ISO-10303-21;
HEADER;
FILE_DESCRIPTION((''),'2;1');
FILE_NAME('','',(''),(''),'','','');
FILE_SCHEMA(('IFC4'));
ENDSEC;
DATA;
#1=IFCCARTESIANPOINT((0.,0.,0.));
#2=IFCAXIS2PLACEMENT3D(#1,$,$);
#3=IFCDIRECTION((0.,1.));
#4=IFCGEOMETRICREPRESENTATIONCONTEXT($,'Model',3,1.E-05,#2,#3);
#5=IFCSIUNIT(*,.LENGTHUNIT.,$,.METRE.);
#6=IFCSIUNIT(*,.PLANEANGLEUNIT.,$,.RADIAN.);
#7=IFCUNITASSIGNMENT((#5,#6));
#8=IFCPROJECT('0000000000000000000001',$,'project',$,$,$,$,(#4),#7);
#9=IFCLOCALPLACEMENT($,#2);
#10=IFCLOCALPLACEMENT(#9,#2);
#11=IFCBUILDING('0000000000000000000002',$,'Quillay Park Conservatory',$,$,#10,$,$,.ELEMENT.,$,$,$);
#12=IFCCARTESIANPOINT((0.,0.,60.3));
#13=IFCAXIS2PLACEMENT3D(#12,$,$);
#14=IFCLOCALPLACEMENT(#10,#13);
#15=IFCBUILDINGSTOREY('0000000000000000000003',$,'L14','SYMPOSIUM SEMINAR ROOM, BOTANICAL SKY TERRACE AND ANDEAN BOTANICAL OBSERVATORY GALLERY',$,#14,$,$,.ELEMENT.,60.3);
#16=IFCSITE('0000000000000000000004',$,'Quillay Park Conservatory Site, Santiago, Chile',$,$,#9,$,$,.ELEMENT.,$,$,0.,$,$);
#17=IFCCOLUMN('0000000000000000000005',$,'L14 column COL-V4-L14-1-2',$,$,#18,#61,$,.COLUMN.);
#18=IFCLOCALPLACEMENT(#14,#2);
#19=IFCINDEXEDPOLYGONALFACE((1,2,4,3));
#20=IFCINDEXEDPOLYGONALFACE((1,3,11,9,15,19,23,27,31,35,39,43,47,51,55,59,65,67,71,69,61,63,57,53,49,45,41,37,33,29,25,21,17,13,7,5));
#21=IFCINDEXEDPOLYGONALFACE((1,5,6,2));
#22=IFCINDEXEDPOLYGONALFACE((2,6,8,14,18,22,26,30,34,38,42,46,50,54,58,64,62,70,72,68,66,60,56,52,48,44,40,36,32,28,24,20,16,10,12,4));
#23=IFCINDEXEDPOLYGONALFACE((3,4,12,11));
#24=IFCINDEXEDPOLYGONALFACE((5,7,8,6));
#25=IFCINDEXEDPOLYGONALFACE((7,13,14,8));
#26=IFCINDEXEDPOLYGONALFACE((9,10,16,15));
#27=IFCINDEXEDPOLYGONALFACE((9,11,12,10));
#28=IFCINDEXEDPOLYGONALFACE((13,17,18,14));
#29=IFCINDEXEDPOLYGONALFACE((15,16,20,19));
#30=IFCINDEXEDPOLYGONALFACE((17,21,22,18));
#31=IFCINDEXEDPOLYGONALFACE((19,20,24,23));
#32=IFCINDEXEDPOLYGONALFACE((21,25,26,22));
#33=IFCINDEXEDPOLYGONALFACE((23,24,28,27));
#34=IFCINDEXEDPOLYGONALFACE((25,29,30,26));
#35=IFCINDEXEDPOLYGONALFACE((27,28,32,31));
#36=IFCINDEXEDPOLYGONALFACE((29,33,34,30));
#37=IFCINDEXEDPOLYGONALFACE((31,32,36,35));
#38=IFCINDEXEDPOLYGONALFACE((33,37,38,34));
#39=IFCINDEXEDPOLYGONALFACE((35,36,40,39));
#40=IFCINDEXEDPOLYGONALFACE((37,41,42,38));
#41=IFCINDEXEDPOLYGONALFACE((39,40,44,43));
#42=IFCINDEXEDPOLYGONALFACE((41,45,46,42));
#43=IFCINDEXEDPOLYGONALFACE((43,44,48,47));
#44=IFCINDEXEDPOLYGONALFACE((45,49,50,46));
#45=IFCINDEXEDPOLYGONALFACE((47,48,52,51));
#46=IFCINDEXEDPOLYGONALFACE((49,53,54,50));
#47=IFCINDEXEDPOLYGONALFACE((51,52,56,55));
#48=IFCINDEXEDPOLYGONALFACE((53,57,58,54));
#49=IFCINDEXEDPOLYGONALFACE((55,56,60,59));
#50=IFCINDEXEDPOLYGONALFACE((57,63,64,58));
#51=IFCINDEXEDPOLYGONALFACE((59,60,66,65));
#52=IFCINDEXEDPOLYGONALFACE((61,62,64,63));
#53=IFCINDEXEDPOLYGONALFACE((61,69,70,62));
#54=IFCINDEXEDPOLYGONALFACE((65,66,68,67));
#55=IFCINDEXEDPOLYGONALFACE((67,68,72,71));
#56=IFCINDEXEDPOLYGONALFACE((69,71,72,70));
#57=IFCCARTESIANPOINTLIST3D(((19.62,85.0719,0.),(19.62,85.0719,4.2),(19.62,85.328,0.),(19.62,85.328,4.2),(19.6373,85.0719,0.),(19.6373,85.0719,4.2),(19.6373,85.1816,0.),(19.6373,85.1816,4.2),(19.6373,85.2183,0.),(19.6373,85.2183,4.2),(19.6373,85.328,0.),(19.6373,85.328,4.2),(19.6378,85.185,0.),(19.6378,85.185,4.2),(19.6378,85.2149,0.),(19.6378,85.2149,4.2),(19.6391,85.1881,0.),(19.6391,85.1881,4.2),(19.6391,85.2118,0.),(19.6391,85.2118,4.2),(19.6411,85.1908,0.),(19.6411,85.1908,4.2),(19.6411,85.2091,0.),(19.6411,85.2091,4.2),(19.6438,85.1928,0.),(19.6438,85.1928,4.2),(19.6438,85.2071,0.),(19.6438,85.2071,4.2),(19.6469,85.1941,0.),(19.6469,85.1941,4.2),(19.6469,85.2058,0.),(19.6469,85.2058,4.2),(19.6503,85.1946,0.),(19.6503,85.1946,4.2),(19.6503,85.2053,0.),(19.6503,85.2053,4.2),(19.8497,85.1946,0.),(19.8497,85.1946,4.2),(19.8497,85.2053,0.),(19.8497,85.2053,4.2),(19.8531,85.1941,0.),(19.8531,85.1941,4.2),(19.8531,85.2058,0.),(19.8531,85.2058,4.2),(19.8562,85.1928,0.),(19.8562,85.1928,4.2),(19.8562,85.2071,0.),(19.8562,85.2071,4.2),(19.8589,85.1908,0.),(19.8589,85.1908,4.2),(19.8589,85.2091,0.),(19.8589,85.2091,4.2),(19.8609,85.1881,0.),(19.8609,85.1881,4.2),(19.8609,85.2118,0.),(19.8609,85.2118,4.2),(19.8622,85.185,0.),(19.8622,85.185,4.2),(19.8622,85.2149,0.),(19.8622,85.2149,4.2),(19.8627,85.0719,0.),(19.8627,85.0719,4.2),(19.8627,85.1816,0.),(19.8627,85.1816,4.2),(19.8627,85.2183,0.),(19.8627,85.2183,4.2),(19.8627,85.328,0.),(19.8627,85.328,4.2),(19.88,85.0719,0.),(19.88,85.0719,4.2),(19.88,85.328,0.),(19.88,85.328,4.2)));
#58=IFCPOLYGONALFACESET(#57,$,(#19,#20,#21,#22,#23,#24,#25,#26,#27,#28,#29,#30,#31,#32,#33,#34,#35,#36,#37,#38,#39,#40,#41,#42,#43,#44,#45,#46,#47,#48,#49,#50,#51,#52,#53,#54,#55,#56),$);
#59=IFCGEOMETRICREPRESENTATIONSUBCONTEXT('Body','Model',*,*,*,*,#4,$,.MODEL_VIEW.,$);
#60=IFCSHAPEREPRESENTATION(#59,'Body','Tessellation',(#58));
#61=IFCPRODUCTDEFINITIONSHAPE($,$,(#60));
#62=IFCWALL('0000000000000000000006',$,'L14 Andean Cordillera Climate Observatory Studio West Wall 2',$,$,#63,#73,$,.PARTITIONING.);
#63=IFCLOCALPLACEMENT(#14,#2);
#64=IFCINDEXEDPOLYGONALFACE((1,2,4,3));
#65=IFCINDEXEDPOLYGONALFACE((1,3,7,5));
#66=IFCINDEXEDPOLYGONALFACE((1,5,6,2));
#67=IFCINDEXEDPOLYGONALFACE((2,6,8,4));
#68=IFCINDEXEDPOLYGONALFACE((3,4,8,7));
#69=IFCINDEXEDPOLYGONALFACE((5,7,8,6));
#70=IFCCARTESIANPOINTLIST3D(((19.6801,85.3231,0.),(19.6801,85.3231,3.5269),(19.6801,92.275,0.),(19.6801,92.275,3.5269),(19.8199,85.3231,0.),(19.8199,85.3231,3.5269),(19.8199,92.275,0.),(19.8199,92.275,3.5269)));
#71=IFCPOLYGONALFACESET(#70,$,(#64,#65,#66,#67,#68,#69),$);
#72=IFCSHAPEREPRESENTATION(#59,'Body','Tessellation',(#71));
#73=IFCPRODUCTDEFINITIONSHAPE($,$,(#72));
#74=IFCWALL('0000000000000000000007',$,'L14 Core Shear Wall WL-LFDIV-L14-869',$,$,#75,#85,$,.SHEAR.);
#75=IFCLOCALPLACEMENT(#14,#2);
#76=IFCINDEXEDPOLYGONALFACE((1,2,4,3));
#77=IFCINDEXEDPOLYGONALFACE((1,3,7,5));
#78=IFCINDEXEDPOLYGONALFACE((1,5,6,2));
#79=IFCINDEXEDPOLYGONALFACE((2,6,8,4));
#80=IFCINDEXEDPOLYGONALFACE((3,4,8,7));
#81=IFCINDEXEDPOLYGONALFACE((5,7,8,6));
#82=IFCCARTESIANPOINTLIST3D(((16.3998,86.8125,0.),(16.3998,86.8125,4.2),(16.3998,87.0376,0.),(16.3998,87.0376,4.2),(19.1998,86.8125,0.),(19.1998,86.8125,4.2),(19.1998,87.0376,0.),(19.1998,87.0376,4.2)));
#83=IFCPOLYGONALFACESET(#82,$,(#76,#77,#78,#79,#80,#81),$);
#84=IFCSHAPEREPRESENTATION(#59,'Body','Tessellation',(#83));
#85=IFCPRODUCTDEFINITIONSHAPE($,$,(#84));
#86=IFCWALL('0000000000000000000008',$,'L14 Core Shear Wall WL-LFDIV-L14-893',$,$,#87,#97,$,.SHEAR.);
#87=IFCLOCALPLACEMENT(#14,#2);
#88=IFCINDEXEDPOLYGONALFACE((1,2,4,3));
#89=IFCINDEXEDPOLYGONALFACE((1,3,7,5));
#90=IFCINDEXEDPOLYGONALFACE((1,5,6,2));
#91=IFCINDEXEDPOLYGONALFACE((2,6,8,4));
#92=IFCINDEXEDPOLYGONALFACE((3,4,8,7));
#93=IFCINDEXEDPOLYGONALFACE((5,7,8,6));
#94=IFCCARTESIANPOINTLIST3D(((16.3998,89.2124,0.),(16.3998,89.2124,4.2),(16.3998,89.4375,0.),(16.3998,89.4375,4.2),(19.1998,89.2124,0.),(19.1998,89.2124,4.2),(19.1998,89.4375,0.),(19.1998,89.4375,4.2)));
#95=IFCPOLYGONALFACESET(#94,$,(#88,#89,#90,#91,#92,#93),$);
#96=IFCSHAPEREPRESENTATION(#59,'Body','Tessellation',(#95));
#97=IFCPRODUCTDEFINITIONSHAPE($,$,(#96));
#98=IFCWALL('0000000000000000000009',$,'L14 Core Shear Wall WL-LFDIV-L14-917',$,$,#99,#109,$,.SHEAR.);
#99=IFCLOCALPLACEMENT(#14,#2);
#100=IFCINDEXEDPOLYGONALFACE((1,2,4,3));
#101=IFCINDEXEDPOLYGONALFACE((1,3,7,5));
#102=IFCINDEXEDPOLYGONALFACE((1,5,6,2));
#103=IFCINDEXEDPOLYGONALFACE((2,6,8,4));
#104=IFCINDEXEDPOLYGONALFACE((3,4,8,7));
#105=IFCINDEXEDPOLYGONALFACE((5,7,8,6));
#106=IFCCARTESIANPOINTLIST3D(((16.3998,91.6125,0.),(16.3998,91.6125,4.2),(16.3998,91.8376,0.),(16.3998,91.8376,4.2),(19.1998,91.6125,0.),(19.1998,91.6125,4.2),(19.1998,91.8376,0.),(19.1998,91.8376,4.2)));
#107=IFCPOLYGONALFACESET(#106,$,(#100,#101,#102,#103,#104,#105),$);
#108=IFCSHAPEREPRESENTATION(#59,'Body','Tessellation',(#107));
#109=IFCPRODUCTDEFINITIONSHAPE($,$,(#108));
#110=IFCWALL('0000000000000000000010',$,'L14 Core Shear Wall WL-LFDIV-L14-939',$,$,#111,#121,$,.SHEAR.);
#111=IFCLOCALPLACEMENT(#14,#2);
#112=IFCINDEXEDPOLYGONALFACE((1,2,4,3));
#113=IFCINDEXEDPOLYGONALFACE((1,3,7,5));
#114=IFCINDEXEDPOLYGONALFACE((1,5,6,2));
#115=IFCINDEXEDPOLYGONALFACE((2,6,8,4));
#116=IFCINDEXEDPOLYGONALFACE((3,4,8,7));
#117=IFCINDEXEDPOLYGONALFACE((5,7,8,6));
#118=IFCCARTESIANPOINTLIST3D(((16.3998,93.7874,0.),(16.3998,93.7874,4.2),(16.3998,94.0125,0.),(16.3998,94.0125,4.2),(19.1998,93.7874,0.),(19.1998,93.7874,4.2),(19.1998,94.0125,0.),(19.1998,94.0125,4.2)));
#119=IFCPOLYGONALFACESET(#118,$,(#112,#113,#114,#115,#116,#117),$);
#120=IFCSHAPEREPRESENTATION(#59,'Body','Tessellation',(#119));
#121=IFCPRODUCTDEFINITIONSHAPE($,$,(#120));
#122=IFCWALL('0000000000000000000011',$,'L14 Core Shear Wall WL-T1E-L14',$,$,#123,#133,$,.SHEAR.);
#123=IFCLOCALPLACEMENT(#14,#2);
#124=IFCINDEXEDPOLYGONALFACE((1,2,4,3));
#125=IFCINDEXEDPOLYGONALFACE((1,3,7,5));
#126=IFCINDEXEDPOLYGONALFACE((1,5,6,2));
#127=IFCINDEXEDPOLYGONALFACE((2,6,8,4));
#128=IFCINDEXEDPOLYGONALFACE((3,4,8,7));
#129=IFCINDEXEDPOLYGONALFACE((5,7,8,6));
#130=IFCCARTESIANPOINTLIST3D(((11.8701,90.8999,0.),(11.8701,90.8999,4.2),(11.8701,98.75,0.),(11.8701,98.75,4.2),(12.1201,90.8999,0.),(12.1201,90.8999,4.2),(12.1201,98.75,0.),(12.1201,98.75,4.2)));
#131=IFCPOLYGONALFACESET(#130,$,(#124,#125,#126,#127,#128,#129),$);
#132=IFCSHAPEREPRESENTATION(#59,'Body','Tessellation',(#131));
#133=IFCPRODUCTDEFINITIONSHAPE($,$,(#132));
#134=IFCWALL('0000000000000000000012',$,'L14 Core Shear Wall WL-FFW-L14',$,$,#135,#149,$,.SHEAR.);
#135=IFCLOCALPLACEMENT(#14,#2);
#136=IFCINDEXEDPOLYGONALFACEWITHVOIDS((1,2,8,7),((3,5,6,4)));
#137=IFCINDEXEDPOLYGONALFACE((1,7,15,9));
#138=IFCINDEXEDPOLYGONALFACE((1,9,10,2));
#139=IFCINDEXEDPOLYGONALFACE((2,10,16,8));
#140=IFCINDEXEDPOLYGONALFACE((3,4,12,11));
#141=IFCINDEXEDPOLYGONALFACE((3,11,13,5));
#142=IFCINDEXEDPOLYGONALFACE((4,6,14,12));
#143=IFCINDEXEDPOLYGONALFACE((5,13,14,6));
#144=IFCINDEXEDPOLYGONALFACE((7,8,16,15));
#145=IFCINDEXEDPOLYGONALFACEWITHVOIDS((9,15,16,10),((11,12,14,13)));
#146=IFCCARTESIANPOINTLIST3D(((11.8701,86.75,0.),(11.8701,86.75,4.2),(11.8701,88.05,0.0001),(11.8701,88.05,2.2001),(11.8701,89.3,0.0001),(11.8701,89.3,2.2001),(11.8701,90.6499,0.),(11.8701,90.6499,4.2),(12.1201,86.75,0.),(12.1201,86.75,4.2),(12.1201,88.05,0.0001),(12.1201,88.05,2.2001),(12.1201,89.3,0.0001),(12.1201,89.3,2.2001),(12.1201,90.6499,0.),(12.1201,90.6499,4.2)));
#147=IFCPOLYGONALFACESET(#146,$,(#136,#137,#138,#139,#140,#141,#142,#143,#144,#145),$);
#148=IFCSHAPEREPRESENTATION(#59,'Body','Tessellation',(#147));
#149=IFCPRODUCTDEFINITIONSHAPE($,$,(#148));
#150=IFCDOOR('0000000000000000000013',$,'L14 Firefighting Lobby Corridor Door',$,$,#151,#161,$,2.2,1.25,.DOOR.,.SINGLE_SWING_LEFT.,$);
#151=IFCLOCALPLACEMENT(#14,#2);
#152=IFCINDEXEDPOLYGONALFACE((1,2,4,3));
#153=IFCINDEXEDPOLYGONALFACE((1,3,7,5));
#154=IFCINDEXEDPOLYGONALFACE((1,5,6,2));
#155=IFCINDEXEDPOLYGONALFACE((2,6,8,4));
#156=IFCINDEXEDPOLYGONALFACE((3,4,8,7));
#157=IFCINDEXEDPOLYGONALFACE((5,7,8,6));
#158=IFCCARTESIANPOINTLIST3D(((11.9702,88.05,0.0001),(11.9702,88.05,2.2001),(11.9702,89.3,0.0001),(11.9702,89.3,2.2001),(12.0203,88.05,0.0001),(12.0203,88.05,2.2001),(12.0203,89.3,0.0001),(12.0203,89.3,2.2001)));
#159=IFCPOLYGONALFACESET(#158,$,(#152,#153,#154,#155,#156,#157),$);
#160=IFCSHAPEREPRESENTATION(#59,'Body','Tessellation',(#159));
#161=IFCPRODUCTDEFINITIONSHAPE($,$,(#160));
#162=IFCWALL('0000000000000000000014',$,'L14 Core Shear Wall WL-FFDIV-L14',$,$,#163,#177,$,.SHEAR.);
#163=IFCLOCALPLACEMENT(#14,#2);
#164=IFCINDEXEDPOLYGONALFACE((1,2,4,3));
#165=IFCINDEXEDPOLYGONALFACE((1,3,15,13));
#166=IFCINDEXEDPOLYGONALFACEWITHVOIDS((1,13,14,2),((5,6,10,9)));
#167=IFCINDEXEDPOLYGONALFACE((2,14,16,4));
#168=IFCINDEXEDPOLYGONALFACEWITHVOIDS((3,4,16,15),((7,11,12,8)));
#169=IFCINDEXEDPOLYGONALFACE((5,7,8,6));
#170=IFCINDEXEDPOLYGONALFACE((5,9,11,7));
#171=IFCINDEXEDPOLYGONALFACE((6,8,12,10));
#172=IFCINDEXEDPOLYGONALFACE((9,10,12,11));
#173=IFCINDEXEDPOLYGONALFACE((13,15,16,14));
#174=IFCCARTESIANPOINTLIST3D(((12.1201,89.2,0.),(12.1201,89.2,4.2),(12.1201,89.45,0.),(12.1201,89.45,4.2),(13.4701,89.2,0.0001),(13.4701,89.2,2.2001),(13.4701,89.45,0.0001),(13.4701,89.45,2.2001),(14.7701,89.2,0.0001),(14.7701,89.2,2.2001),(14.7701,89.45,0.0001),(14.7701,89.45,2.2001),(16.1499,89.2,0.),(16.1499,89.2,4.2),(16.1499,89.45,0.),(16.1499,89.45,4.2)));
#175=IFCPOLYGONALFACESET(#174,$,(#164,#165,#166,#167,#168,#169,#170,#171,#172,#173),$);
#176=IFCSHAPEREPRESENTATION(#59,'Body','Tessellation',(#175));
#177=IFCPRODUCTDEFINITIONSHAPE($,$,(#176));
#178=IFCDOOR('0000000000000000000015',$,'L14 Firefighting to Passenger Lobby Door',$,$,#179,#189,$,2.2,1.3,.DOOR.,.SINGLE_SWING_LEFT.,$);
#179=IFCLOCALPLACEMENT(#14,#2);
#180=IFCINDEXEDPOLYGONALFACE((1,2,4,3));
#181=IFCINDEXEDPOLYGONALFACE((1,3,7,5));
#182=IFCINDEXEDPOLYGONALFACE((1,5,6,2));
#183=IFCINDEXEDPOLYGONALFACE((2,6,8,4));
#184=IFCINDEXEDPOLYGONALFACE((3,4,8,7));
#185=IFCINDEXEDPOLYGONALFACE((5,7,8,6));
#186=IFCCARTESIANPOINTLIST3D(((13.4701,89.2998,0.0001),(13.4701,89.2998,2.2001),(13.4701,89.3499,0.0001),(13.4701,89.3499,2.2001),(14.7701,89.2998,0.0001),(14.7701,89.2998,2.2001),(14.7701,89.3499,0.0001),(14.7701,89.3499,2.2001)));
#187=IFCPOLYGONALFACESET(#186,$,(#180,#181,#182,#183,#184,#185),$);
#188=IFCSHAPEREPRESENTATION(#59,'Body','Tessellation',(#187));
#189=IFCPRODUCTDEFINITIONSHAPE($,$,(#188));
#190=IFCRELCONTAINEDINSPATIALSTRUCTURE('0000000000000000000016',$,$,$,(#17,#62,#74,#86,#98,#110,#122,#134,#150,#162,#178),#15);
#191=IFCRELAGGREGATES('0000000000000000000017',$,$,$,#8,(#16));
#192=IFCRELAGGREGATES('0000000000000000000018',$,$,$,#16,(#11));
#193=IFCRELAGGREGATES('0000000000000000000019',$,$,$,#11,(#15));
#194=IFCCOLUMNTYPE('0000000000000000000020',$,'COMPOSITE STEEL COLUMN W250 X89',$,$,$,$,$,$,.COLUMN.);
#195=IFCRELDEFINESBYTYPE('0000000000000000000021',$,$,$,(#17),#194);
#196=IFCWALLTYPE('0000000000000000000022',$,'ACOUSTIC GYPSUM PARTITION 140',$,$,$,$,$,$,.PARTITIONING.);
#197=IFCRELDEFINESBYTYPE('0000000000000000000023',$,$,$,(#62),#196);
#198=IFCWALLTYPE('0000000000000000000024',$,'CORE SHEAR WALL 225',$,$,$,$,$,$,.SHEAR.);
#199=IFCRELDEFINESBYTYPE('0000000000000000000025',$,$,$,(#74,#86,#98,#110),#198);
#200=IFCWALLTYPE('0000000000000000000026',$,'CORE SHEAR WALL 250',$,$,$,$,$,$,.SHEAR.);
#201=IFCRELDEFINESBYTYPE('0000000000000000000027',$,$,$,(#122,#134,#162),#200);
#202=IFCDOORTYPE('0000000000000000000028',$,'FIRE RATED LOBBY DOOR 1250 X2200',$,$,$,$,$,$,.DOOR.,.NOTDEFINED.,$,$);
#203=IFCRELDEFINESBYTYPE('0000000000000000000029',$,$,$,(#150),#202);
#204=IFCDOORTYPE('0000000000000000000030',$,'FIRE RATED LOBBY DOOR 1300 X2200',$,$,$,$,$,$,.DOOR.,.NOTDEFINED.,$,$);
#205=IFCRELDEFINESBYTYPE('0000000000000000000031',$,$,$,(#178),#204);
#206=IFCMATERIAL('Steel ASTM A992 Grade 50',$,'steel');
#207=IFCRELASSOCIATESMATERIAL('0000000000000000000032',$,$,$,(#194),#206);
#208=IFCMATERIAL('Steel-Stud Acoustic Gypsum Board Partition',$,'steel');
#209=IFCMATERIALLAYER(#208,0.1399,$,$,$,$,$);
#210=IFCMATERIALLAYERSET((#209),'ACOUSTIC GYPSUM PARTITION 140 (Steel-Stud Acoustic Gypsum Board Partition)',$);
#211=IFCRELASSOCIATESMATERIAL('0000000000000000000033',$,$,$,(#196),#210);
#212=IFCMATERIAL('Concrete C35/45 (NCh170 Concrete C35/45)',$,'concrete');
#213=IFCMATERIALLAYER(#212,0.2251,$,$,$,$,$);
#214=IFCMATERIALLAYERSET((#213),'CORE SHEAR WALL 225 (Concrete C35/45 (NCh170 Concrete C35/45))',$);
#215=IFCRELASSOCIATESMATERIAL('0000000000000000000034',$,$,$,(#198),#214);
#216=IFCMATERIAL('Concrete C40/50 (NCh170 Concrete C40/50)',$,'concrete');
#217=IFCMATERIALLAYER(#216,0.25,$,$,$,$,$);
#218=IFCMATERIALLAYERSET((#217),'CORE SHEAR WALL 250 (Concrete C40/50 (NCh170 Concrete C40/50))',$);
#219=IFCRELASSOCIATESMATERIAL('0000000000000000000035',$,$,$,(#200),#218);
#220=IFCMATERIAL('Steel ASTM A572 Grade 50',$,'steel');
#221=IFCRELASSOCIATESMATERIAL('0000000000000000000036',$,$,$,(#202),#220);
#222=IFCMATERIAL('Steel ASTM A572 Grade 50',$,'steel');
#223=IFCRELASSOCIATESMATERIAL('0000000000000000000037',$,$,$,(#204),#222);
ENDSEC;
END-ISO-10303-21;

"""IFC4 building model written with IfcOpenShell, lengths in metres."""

from ifc_helpers import new_model, si_unit, direction, frame, frame_2d, origin, origin_2d, place, context, subcontext, project, spatial, rectangle, i_section, extrude, material, layer, layer_set, material_profile, profile_set, type_object, element, fill, save


model = new_model("IFC4")

# Units and contexts
model_context = context("Model", 3, precision=1e-05, world=origin(), true_north=direction((0.0, 1.0)))
body_context = subcontext(model_context, "Body", "Model", "MODEL_VIEW")
ifc_project = project(units=[si_unit("LENGTHUNIT", "METRE"), si_unit("PLANEANGLEUNIT", "RADIAN")], contexts=[model_context])

# Site, building, storey
site_placement = place(None, origin())
site = spatial("IfcSite", under=ifc_project, at=site_placement, Name="Quillay Park Conservatory Site, Santiago, Chile", CompositionType="ELEMENT", RefElevation=0.0)
building_placement = place(site_placement, origin())
building = spatial("IfcBuilding", under=site, at=building_placement, Name="Quillay Park Conservatory", CompositionType="ELEMENT")
storey_placement = place(building_placement, frame((0.0, 0.0, 60.3)))
storey = spatial("IfcBuildingStorey", under=building, at=storey_placement, Name="L14", Description="SYMPOSIUM SEMINAR ROOM, BOTANICAL SKY TERRACE AND ANDEAN BOTANICAL OBSERVATORY GALLERY", CompositionType="ELEMENT", Elevation=60.3)

# Column
ifc_material_1 = material(Name="Steel ASTM A992 Grade 50", Category="steel")
ifc_material_profile = material_profile(ifc_material_1, i_section(OverallWidth=0.2561, OverallDepth=0.26, WebThickness=0.0107, FlangeThickness=0.0173, FilletRadius=0.0129, at=origin_2d()), Name="W250x89")
ifc_profile_set = profile_set([ifc_material_profile], Name="Steel ASTM A992 Grade 50")
column_type = type_object("IfcColumnType", Name="COMPOSITE STEEL COLUMN W250 X89", PredefinedType="COLUMN", material=ifc_profile_set)
column_placement = place(storey_placement, frame((19.75, 85.2, 0.0), z_axis=(0.0, 0.0, 1.0), x_axis=(0.0, 1.0, 0.0)))
element("IfcColumn", 1, at=column_placement, inside=storey, type_object=column_type, Name="L14 column COL-V4-L14-1-2", PredefinedType="COLUMN", context=body_context, shape_type="SweptSolid", body=[
    extrude(i_section(OverallWidth=0.2561, OverallDepth=0.26, WebThickness=0.0107, FlangeThickness=0.0173, FilletRadius=0.0129, at=origin_2d()), origin(), (0.0, 0.0, 1.0), 4.2),
])

# Walls
ifc_material_2 = material(Name="Steel-Stud Acoustic Gypsum Board Partition", Category="steel")
ifc_layer_1 = layer(ifc_material_2, 0.1399)
ifc_layer_set_1 = layer_set([ifc_layer_1], Name="ACOUSTIC GYPSUM PARTITION 140 (Steel-Stud Acoustic Gypsum Board Partition)")
wall_type_1 = type_object("IfcWallType", Name="ACOUSTIC GYPSUM PARTITION 140", PredefinedType="PARTITIONING", material=ifc_layer_set_1)
wall_1_placement = place(storey_placement, frame((19.75, 85.323, 0.0), z_axis=(0.0, 0.0, 1.0), x_axis=(0.0, 1.0, 0.0)))
element("IfcWall", 2, at=wall_1_placement, inside=storey, type_object=wall_type_1, Name="L14 Andean Cordillera Climate Observatory Studio West Wall 2", PredefinedType="PARTITIONING", context=body_context, shape_type="SweptSolid", body=[
    extrude(rectangle(XDim=6.9519, YDim=0.1399, at=frame_2d((3.4761, 0.0))), origin(), (0.0, 0.0, 1.0), 3.5269),
])
ifc_material_3 = material(Name="Concrete C35/45 (NCh170 Concrete C35/45)", Category="concrete")
ifc_layer_2 = layer(ifc_material_3, 0.2251)
ifc_layer_set_2 = layer_set([ifc_layer_2], Name="CORE SHEAR WALL 225 (Concrete C35/45 (NCh170 Concrete C35/45))")
wall_type_2 = type_object("IfcWallType", Name="CORE SHEAR WALL 225", PredefinedType="SHEAR", material=ifc_layer_set_2)
for number, where, z_axis, x_axis, name in (
    (3, (16.3999, 86.925, 0.0), (0.0, 0.0, 1.0), (1.0, 0.0, 0.0), "L14 Core Shear Wall WL-LFDIV-L14-869"),
    (4, (16.3999, 89.325, 0.0), (0.0, 0.0, 1.0), (1.0, 0.0, 0.0), "L14 Core Shear Wall WL-LFDIV-L14-893"),
    (5, (16.3999, 91.7251, 0.0), (0.0, 0.0, 1.0), (1.0, 0.0, 0.0), "L14 Core Shear Wall WL-LFDIV-L14-917"),
    (6, (16.3999, 93.8999, 0.0), (0.0, 0.0, 1.0), (1.0, 0.0, 0.0), "L14 Core Shear Wall WL-LFDIV-L14-939"),
):
    element("IfcWall", number, at=place(storey_placement, frame(where, z_axis=z_axis, x_axis=x_axis)), inside=storey, type_object=wall_type_2, Name=name, PredefinedType="SHEAR", context=body_context, shape_type="SweptSolid", body=[
        extrude(rectangle(XDim=2.8, YDim=0.2251, at=frame_2d((1.3999, 0.0))), origin(), (0.0, 0.0, 1.0), 4.2),
    ])
ifc_material_4 = material(Name="Concrete C40/50 (NCh170 Concrete C40/50)", Category="concrete")
ifc_layer_3 = layer(ifc_material_4, 0.25)
ifc_layer_set_3 = layer_set([ifc_layer_3], Name="CORE SHEAR WALL 250 (Concrete C40/50 (NCh170 Concrete C40/50))")
wall_type_3 = type_object("IfcWallType", Name="CORE SHEAR WALL 250", PredefinedType="SHEAR", material=ifc_layer_set_3)
wall_2_placement = place(storey_placement, frame((11.9951, 90.8999, 0.0), z_axis=(0.0, 0.0, 1.0), x_axis=(0.0, 1.0, 0.0)))
element("IfcWall", 7, at=wall_2_placement, inside=storey, type_object=wall_type_3, Name="L14 Core Shear Wall WL-T1E-L14", PredefinedType="SHEAR", context=body_context, shape_type="SweptSolid", body=[
    extrude(rectangle(XDim=7.8501, YDim=0.25, at=frame_2d((3.925, 0.0))), origin(), (0.0, 0.0, 1.0), 4.2),
])

# Walls, openings, doors
wall_3_placement = place(storey_placement, frame((11.9951, 86.75, 0.0), z_axis=(0.0, 0.0, 1.0), x_axis=(0.0, 1.0, 0.0)))
wall_3 = element("IfcWall", 8, at=wall_3_placement, inside=storey, type_object=wall_type_3, Name="L14 Core Shear Wall WL-FFW-L14", PredefinedType="SHEAR", context=body_context, shape_type="SweptSolid", body=[
    extrude(rectangle(XDim=3.8999, YDim=0.25, at=frame_2d((1.95, 0.0))), origin(), (0.0, 0.0, 1.0), 4.2),
])
opening_1_placement = place(wall_3_placement, frame((1.3, 0.0, 0.0)))
opening_1 = element("IfcOpeningElement", 9, at=opening_1_placement, cuts=wall_3, PredefinedType="OPENING", context=body_context, shape_type="SweptSolid", body=[
    extrude(rectangle(XDim=1.25, YDim=2.2, at=frame_2d((0.625, 1.1001))), frame((0.0, 0.125, 0.0), z_axis=(0.0, -1.0, 0.0), x_axis=(1.0, 0.0, 0.0)), (0.0, 0.0, 1.0), 0.25),
])
ifc_material_5 = material(Name="Steel ASTM A572 Grade 50", Category="steel")
door_type_1 = type_object("IfcDoorType", Name="FIRE RATED LOBBY DOOR 1250 X2200", OperationType="NOTDEFINED", PredefinedType="DOOR", material=ifc_material_5)
door_1_placement = place(opening_1_placement, origin())
door_1 = element("IfcDoor", 10, at=door_1_placement, inside=storey, type_object=door_type_1, Name="L14 Firefighting Lobby Corridor Door", OperationType="SINGLE_SWING_LEFT", OverallHeight=2.2, OverallWidth=1.25, PredefinedType="DOOR", context=body_context, shape_type="SweptSolid", body=[
    extrude(rectangle(XDim=1.25, YDim=2.2, at=frame_2d((0.625, 1.1001))), frame((0.0, 0.0249, 0.0), z_axis=(0.0, -1.0, 0.0), x_axis=(1.0, 0.0, 0.0)), (0.0, 0.0, 1.0), 0.05),
])
fill(opening_1, door_1)
wall_4_placement = place(storey_placement, frame((12.1201, 89.325, 0.0), z_axis=(0.0, 0.0, 1.0), x_axis=(1.0, 0.0, 0.0)))
wall_4 = element("IfcWall", 11, at=wall_4_placement, inside=storey, type_object=wall_type_3, Name="L14 Core Shear Wall WL-FFDIV-L14", PredefinedType="SHEAR", context=body_context, shape_type="SweptSolid", body=[
    extrude(rectangle(XDim=4.0298, YDim=0.25, at=frame_2d((2.0149, 0.0))), origin(), (0.0, 0.0, 1.0), 4.2),
])
opening_2_placement = place(wall_4_placement, frame((1.3501, 0.0, 0.0)))
opening_2 = element("IfcOpeningElement", 12, at=opening_2_placement, cuts=wall_4, PredefinedType="OPENING", context=body_context, shape_type="SweptSolid", body=[
    extrude(rectangle(XDim=1.3, YDim=2.2, at=frame_2d((0.6499, 1.1001))), frame((0.0, 0.125, 0.0), z_axis=(0.0, -1.0, 0.0), x_axis=(1.0, 0.0, 0.0)), (0.0, 0.0, 1.0), 0.25),
])
ifc_material_6 = material(Name="Steel ASTM A572 Grade 50", Category="steel")
door_type_2 = type_object("IfcDoorType", Name="FIRE RATED LOBBY DOOR 1300 X2200", OperationType="NOTDEFINED", PredefinedType="DOOR", material=ifc_material_6)
door_2_placement = place(opening_2_placement, origin())
door_2 = element("IfcDoor", 13, at=door_2_placement, inside=storey, type_object=door_type_2, Name="L14 Firefighting to Passenger Lobby Door", OperationType="SINGLE_SWING_LEFT", OverallHeight=2.2, OverallWidth=1.3, PredefinedType="DOOR", context=body_context, shape_type="SweptSolid", body=[
    extrude(rectangle(XDim=1.3, YDim=2.2, at=frame_2d((0.6499, 1.1001))), frame((0.0, 0.0249, 0.0), z_axis=(0.0, -1.0, 0.0), x_axis=(1.0, 0.0, 0.0)), (0.0, 0.0, 1.0), 0.05),
])
fill(opening_2, door_2)

save(model, "model.ifc")
